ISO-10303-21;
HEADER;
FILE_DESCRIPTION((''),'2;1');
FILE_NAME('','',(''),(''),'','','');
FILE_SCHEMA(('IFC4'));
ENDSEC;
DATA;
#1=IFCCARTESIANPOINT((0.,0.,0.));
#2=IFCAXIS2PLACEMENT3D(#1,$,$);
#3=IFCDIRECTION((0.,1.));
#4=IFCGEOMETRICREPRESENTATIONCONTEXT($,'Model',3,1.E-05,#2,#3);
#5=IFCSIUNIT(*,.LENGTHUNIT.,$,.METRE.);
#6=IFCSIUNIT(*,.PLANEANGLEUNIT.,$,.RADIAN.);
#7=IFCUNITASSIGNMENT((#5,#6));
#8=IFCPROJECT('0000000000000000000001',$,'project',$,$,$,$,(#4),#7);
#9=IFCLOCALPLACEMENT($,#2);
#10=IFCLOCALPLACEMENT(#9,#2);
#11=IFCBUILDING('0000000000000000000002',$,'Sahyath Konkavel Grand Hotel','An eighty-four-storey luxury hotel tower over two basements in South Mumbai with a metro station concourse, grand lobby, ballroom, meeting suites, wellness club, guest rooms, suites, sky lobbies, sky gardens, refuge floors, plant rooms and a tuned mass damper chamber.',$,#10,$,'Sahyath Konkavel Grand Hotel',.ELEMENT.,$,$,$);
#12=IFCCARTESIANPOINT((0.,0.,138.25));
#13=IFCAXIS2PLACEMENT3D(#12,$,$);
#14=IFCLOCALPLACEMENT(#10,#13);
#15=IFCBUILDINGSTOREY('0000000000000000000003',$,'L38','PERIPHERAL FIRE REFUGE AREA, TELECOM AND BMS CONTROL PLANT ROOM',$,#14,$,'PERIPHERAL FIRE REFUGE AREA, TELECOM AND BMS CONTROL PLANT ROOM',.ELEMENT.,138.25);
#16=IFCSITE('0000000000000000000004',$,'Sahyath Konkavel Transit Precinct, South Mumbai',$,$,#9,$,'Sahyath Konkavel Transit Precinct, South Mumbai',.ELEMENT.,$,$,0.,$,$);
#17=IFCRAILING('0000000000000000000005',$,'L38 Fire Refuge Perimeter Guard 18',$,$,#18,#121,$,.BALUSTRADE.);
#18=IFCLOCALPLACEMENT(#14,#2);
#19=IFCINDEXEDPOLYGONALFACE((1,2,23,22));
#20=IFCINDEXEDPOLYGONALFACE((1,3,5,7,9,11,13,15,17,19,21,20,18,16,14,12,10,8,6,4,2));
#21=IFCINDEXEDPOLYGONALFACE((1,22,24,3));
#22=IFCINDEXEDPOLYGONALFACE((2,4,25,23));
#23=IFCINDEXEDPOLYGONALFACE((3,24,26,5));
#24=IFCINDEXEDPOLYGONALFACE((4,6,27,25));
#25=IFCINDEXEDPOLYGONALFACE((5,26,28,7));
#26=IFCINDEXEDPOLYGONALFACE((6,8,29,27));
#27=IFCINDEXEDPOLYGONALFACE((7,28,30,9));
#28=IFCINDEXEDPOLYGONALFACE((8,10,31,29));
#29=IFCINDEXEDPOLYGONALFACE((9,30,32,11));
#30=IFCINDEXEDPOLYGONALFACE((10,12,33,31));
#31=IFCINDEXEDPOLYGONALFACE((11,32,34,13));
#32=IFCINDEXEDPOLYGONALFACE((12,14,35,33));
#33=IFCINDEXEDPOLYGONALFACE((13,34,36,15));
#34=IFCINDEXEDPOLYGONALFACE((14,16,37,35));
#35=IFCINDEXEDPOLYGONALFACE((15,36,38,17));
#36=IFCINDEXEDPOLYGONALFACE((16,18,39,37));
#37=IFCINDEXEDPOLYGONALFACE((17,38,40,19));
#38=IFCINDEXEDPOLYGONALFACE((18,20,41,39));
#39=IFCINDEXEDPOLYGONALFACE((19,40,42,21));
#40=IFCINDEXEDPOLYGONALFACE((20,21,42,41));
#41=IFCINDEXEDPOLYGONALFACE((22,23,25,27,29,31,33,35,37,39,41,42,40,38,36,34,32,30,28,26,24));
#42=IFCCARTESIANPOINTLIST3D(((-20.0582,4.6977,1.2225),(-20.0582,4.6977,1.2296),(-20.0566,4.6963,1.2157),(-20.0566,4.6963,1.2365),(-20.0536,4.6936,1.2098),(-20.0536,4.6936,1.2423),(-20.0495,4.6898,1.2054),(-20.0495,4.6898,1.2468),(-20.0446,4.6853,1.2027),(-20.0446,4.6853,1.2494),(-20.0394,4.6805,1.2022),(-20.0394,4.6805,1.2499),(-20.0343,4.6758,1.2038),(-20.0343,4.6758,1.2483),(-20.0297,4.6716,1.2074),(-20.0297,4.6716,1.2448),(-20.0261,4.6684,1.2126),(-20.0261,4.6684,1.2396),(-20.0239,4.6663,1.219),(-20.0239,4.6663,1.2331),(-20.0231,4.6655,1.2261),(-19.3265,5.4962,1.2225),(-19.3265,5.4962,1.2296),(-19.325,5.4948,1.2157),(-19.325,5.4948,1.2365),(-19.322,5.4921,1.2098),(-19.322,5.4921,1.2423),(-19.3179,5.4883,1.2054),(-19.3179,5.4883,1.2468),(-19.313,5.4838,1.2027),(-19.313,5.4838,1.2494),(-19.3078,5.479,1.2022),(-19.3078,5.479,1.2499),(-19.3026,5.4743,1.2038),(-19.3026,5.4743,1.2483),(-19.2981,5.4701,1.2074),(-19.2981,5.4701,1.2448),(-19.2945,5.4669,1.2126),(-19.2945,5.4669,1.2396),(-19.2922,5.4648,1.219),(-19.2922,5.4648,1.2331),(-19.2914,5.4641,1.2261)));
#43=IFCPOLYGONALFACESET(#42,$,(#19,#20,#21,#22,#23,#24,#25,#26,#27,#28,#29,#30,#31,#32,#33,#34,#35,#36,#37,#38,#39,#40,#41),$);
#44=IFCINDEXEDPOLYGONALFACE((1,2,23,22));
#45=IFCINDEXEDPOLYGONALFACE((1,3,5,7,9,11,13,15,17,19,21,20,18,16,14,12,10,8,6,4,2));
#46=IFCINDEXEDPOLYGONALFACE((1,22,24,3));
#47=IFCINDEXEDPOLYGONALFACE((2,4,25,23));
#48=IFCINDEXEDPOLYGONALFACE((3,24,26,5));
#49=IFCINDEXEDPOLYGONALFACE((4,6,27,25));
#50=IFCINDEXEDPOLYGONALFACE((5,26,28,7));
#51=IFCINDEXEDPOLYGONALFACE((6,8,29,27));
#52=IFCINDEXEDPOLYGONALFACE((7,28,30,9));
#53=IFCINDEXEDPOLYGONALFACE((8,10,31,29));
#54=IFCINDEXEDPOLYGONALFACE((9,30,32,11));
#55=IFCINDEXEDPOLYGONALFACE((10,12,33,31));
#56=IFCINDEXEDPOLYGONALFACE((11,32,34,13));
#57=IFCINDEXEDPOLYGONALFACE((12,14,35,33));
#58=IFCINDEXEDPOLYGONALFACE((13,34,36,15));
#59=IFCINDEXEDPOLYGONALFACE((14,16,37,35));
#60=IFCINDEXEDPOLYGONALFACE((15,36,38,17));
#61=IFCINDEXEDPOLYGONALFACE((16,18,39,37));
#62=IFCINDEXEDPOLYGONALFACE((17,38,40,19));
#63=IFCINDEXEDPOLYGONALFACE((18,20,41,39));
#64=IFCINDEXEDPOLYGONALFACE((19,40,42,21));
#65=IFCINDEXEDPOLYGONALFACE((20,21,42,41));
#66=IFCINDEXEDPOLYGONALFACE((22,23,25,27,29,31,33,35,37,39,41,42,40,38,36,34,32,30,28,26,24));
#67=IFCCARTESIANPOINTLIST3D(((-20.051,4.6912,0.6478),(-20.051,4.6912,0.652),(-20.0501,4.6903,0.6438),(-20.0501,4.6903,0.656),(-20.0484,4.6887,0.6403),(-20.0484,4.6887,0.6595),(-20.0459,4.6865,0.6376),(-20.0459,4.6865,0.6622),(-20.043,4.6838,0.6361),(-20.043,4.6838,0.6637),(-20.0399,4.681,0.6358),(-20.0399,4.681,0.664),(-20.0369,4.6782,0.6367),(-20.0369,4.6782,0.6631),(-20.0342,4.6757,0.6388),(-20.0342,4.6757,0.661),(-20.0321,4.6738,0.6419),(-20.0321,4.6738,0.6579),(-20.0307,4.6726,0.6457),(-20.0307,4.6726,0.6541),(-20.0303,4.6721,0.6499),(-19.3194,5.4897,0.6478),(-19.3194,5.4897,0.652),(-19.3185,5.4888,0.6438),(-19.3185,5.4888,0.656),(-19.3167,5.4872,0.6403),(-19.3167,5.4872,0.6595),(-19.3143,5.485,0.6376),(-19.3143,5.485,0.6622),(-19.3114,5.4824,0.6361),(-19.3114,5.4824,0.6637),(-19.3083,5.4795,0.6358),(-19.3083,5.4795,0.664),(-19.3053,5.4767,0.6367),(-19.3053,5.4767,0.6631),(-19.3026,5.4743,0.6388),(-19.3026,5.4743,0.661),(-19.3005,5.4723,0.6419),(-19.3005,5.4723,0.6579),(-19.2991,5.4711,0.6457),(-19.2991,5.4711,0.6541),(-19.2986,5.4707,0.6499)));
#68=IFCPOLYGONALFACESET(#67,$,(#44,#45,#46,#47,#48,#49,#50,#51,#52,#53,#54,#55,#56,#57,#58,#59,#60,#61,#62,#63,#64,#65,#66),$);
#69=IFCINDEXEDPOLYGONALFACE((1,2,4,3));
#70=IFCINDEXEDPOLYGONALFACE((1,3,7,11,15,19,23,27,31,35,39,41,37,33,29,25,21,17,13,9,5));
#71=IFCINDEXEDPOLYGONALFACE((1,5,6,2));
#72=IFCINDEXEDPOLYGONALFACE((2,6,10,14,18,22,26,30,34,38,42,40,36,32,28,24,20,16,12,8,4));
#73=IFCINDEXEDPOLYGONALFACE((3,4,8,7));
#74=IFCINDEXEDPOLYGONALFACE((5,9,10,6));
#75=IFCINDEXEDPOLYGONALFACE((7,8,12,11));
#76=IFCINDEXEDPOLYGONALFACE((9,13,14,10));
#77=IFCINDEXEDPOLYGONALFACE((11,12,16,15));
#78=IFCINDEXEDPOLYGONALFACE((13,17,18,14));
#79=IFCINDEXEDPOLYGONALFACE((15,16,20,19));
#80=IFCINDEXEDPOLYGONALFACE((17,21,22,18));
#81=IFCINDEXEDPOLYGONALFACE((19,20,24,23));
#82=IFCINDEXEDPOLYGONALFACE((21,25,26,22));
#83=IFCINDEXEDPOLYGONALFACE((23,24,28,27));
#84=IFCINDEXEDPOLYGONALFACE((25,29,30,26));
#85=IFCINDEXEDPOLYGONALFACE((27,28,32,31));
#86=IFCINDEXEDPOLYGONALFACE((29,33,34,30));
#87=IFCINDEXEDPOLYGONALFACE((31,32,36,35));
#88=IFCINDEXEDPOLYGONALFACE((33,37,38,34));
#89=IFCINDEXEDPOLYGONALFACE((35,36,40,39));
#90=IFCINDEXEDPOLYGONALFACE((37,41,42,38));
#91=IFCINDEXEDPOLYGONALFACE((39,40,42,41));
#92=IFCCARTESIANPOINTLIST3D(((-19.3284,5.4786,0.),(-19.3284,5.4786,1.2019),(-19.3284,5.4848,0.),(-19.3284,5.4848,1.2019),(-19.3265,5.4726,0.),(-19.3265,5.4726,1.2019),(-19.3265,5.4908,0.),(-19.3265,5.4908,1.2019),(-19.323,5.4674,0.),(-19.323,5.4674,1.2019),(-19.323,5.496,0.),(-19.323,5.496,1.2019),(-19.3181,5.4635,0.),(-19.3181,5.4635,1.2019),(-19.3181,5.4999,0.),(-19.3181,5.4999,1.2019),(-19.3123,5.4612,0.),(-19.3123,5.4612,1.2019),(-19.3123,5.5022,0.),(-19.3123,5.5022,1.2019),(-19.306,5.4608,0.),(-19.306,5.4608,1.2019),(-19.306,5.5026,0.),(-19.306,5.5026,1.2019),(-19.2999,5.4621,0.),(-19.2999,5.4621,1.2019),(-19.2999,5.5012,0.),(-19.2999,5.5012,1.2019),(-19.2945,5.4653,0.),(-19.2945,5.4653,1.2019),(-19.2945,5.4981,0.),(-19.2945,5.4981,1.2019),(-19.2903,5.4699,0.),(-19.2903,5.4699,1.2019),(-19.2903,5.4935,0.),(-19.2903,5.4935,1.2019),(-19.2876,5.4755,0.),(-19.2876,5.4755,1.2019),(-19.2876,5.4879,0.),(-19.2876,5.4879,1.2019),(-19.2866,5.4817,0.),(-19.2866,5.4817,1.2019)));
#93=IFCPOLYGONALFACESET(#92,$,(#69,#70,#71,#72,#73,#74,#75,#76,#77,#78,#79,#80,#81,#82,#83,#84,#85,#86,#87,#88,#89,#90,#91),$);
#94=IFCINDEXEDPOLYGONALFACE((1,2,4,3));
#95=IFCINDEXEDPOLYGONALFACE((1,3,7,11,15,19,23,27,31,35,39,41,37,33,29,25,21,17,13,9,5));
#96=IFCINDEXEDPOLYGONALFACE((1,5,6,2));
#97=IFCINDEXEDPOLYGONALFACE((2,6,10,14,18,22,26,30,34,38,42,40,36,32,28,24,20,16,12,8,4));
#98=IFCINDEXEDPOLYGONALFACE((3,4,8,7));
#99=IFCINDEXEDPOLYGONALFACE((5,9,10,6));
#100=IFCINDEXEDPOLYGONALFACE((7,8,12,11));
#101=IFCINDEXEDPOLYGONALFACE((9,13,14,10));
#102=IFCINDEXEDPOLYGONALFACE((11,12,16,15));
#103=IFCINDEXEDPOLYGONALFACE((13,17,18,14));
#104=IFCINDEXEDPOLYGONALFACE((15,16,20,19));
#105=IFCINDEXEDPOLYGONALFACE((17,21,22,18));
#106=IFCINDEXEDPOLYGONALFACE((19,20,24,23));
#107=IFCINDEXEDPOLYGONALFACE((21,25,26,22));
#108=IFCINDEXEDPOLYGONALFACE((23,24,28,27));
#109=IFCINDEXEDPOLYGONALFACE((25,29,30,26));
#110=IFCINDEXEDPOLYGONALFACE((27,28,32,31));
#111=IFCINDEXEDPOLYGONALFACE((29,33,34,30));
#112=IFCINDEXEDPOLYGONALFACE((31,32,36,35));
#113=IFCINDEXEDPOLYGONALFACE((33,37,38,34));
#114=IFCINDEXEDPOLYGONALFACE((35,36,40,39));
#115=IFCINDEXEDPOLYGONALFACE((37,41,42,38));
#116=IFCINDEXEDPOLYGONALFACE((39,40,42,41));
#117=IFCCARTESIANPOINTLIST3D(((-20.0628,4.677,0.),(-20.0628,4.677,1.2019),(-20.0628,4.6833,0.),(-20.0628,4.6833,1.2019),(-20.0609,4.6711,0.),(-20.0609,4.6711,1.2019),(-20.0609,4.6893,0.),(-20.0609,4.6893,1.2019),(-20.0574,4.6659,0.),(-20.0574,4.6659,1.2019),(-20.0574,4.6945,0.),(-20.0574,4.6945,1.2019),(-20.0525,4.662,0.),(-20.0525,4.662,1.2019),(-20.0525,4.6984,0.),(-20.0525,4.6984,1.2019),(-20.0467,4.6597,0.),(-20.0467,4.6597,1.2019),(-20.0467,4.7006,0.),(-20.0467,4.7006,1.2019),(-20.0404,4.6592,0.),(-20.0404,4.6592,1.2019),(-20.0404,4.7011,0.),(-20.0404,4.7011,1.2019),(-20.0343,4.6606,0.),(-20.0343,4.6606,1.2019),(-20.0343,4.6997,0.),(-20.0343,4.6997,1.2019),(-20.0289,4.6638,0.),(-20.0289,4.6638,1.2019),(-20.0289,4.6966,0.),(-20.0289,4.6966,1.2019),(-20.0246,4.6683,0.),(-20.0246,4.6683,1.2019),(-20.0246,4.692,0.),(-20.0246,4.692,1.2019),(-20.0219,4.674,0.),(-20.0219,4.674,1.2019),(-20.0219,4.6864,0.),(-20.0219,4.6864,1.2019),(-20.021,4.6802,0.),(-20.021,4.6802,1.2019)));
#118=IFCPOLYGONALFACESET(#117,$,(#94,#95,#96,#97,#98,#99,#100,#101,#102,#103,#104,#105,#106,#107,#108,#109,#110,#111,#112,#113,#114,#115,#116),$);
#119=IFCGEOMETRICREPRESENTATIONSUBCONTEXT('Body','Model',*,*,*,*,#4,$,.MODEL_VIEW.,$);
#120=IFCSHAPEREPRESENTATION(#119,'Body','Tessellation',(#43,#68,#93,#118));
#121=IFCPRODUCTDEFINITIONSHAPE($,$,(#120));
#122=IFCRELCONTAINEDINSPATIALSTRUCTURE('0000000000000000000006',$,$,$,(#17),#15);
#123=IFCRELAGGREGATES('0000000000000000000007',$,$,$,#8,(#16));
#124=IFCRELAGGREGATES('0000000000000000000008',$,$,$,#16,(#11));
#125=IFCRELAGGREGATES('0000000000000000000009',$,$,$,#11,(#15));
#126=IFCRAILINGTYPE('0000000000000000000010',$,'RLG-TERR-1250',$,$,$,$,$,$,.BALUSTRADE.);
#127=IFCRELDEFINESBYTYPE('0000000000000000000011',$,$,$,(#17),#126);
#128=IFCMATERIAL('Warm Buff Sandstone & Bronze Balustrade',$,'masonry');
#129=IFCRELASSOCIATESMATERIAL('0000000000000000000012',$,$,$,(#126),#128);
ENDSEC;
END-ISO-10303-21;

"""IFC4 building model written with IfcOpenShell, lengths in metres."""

from ifc_helpers import new_model, si_unit, direction, frame, origin, origin_2d, place, context, subcontext, project, spatial, circle, extrude, material, type_object, element, save


model = new_model("IFC4")

# Units and contexts
model_context = context("Model", 3, precision=1e-05, world=origin(), true_north=direction((0.0, 1.0)))
body_context = subcontext(model_context, "Body", "Model", "MODEL_VIEW")
ifc_project = project(units=[si_unit("LENGTHUNIT", "METRE"), si_unit("PLANEANGLEUNIT", "RADIAN")], contexts=[model_context])

# Site, building, storey
site_placement = place(None, origin())
site = spatial("IfcSite", under=ifc_project, at=site_placement, Name="Sahyath Konkavel Transit Precinct, South Mumbai", LongName="Sahyath Konkavel Transit Precinct, South Mumbai", CompositionType="ELEMENT", RefElevation=0.0)
building_placement = place(site_placement, origin())
building = spatial("IfcBuilding", under=site, at=building_placement, Name="Sahyath Konkavel Grand Hotel", Description="An eighty-four-storey luxury hotel tower over two basements in South Mumbai with a metro station concourse, grand lobby, ballroom, meeting suites, wellness club, guest rooms, suites, sky lobbies, sky gardens, refuge floors, plant rooms and a tuned mass damper chamber.", LongName="Sahyath Konkavel Grand Hotel", CompositionType="ELEMENT")
storey_placement = place(building_placement, frame((0.0, 0.0, 138.25)))
storey = spatial("IfcBuildingStorey", under=building, at=storey_placement, Name="L38", Description="PERIPHERAL FIRE REFUGE AREA, TELECOM AND BMS CONTROL PLANT ROOM", LongName="PERIPHERAL FIRE REFUGE AREA, TELECOM AND BMS CONTROL PLANT ROOM", CompositionType="ELEMENT", Elevation=138.25)

# Railing
ifc_material_1 = material(Name="Warm Buff Sandstone & Bronze Balustrade", Category="masonry")
railing_type = type_object("IfcRailingType", Name="RLG-TERR-1250", PredefinedType="BALUSTRADE", material=ifc_material_1)
railing_1_placement = place(storey_placement, frame((-19.3076, 5.4817, 0.0)))
element("IfcRailing", 1, at=railing_1_placement, inside=storey, type_object=railing_type, Name="L38 Fire Refuge Perimeter Guard 18", PredefinedType="BALUSTRADE", context=body_context, shape_type="SweptSolid", body=[
    extrude(circle(Radius=0.0239, at=origin_2d()), frame((-0.0015, -0.0015, 1.2261), z_axis=(-0.675552, -0.737313, 0.0), x_axis=(0.737313, -0.675552, 0.0)), (0.0, 0.0, 1.0), 1.083),
    extrude(circle(Radius=0.0142, at=origin_2d()), frame((-0.0015, -0.0015, 0.6499), z_axis=(-0.675552, -0.737313, 0.0), x_axis=(0.737313, -0.675552, 0.0)), (0.0, 0.0, 1.0), 1.083),
    extrude(circle(Radius=0.021, at=origin_2d()), origin(), (0.0, 0.0, 1.0), 1.2019),
    extrude(circle(Radius=0.021, at=origin_2d()), frame((-0.7344, -0.8015, 0.0)), (0.0, 0.0, 1.0), 1.2019),
])

save(model, "model.ifc")
